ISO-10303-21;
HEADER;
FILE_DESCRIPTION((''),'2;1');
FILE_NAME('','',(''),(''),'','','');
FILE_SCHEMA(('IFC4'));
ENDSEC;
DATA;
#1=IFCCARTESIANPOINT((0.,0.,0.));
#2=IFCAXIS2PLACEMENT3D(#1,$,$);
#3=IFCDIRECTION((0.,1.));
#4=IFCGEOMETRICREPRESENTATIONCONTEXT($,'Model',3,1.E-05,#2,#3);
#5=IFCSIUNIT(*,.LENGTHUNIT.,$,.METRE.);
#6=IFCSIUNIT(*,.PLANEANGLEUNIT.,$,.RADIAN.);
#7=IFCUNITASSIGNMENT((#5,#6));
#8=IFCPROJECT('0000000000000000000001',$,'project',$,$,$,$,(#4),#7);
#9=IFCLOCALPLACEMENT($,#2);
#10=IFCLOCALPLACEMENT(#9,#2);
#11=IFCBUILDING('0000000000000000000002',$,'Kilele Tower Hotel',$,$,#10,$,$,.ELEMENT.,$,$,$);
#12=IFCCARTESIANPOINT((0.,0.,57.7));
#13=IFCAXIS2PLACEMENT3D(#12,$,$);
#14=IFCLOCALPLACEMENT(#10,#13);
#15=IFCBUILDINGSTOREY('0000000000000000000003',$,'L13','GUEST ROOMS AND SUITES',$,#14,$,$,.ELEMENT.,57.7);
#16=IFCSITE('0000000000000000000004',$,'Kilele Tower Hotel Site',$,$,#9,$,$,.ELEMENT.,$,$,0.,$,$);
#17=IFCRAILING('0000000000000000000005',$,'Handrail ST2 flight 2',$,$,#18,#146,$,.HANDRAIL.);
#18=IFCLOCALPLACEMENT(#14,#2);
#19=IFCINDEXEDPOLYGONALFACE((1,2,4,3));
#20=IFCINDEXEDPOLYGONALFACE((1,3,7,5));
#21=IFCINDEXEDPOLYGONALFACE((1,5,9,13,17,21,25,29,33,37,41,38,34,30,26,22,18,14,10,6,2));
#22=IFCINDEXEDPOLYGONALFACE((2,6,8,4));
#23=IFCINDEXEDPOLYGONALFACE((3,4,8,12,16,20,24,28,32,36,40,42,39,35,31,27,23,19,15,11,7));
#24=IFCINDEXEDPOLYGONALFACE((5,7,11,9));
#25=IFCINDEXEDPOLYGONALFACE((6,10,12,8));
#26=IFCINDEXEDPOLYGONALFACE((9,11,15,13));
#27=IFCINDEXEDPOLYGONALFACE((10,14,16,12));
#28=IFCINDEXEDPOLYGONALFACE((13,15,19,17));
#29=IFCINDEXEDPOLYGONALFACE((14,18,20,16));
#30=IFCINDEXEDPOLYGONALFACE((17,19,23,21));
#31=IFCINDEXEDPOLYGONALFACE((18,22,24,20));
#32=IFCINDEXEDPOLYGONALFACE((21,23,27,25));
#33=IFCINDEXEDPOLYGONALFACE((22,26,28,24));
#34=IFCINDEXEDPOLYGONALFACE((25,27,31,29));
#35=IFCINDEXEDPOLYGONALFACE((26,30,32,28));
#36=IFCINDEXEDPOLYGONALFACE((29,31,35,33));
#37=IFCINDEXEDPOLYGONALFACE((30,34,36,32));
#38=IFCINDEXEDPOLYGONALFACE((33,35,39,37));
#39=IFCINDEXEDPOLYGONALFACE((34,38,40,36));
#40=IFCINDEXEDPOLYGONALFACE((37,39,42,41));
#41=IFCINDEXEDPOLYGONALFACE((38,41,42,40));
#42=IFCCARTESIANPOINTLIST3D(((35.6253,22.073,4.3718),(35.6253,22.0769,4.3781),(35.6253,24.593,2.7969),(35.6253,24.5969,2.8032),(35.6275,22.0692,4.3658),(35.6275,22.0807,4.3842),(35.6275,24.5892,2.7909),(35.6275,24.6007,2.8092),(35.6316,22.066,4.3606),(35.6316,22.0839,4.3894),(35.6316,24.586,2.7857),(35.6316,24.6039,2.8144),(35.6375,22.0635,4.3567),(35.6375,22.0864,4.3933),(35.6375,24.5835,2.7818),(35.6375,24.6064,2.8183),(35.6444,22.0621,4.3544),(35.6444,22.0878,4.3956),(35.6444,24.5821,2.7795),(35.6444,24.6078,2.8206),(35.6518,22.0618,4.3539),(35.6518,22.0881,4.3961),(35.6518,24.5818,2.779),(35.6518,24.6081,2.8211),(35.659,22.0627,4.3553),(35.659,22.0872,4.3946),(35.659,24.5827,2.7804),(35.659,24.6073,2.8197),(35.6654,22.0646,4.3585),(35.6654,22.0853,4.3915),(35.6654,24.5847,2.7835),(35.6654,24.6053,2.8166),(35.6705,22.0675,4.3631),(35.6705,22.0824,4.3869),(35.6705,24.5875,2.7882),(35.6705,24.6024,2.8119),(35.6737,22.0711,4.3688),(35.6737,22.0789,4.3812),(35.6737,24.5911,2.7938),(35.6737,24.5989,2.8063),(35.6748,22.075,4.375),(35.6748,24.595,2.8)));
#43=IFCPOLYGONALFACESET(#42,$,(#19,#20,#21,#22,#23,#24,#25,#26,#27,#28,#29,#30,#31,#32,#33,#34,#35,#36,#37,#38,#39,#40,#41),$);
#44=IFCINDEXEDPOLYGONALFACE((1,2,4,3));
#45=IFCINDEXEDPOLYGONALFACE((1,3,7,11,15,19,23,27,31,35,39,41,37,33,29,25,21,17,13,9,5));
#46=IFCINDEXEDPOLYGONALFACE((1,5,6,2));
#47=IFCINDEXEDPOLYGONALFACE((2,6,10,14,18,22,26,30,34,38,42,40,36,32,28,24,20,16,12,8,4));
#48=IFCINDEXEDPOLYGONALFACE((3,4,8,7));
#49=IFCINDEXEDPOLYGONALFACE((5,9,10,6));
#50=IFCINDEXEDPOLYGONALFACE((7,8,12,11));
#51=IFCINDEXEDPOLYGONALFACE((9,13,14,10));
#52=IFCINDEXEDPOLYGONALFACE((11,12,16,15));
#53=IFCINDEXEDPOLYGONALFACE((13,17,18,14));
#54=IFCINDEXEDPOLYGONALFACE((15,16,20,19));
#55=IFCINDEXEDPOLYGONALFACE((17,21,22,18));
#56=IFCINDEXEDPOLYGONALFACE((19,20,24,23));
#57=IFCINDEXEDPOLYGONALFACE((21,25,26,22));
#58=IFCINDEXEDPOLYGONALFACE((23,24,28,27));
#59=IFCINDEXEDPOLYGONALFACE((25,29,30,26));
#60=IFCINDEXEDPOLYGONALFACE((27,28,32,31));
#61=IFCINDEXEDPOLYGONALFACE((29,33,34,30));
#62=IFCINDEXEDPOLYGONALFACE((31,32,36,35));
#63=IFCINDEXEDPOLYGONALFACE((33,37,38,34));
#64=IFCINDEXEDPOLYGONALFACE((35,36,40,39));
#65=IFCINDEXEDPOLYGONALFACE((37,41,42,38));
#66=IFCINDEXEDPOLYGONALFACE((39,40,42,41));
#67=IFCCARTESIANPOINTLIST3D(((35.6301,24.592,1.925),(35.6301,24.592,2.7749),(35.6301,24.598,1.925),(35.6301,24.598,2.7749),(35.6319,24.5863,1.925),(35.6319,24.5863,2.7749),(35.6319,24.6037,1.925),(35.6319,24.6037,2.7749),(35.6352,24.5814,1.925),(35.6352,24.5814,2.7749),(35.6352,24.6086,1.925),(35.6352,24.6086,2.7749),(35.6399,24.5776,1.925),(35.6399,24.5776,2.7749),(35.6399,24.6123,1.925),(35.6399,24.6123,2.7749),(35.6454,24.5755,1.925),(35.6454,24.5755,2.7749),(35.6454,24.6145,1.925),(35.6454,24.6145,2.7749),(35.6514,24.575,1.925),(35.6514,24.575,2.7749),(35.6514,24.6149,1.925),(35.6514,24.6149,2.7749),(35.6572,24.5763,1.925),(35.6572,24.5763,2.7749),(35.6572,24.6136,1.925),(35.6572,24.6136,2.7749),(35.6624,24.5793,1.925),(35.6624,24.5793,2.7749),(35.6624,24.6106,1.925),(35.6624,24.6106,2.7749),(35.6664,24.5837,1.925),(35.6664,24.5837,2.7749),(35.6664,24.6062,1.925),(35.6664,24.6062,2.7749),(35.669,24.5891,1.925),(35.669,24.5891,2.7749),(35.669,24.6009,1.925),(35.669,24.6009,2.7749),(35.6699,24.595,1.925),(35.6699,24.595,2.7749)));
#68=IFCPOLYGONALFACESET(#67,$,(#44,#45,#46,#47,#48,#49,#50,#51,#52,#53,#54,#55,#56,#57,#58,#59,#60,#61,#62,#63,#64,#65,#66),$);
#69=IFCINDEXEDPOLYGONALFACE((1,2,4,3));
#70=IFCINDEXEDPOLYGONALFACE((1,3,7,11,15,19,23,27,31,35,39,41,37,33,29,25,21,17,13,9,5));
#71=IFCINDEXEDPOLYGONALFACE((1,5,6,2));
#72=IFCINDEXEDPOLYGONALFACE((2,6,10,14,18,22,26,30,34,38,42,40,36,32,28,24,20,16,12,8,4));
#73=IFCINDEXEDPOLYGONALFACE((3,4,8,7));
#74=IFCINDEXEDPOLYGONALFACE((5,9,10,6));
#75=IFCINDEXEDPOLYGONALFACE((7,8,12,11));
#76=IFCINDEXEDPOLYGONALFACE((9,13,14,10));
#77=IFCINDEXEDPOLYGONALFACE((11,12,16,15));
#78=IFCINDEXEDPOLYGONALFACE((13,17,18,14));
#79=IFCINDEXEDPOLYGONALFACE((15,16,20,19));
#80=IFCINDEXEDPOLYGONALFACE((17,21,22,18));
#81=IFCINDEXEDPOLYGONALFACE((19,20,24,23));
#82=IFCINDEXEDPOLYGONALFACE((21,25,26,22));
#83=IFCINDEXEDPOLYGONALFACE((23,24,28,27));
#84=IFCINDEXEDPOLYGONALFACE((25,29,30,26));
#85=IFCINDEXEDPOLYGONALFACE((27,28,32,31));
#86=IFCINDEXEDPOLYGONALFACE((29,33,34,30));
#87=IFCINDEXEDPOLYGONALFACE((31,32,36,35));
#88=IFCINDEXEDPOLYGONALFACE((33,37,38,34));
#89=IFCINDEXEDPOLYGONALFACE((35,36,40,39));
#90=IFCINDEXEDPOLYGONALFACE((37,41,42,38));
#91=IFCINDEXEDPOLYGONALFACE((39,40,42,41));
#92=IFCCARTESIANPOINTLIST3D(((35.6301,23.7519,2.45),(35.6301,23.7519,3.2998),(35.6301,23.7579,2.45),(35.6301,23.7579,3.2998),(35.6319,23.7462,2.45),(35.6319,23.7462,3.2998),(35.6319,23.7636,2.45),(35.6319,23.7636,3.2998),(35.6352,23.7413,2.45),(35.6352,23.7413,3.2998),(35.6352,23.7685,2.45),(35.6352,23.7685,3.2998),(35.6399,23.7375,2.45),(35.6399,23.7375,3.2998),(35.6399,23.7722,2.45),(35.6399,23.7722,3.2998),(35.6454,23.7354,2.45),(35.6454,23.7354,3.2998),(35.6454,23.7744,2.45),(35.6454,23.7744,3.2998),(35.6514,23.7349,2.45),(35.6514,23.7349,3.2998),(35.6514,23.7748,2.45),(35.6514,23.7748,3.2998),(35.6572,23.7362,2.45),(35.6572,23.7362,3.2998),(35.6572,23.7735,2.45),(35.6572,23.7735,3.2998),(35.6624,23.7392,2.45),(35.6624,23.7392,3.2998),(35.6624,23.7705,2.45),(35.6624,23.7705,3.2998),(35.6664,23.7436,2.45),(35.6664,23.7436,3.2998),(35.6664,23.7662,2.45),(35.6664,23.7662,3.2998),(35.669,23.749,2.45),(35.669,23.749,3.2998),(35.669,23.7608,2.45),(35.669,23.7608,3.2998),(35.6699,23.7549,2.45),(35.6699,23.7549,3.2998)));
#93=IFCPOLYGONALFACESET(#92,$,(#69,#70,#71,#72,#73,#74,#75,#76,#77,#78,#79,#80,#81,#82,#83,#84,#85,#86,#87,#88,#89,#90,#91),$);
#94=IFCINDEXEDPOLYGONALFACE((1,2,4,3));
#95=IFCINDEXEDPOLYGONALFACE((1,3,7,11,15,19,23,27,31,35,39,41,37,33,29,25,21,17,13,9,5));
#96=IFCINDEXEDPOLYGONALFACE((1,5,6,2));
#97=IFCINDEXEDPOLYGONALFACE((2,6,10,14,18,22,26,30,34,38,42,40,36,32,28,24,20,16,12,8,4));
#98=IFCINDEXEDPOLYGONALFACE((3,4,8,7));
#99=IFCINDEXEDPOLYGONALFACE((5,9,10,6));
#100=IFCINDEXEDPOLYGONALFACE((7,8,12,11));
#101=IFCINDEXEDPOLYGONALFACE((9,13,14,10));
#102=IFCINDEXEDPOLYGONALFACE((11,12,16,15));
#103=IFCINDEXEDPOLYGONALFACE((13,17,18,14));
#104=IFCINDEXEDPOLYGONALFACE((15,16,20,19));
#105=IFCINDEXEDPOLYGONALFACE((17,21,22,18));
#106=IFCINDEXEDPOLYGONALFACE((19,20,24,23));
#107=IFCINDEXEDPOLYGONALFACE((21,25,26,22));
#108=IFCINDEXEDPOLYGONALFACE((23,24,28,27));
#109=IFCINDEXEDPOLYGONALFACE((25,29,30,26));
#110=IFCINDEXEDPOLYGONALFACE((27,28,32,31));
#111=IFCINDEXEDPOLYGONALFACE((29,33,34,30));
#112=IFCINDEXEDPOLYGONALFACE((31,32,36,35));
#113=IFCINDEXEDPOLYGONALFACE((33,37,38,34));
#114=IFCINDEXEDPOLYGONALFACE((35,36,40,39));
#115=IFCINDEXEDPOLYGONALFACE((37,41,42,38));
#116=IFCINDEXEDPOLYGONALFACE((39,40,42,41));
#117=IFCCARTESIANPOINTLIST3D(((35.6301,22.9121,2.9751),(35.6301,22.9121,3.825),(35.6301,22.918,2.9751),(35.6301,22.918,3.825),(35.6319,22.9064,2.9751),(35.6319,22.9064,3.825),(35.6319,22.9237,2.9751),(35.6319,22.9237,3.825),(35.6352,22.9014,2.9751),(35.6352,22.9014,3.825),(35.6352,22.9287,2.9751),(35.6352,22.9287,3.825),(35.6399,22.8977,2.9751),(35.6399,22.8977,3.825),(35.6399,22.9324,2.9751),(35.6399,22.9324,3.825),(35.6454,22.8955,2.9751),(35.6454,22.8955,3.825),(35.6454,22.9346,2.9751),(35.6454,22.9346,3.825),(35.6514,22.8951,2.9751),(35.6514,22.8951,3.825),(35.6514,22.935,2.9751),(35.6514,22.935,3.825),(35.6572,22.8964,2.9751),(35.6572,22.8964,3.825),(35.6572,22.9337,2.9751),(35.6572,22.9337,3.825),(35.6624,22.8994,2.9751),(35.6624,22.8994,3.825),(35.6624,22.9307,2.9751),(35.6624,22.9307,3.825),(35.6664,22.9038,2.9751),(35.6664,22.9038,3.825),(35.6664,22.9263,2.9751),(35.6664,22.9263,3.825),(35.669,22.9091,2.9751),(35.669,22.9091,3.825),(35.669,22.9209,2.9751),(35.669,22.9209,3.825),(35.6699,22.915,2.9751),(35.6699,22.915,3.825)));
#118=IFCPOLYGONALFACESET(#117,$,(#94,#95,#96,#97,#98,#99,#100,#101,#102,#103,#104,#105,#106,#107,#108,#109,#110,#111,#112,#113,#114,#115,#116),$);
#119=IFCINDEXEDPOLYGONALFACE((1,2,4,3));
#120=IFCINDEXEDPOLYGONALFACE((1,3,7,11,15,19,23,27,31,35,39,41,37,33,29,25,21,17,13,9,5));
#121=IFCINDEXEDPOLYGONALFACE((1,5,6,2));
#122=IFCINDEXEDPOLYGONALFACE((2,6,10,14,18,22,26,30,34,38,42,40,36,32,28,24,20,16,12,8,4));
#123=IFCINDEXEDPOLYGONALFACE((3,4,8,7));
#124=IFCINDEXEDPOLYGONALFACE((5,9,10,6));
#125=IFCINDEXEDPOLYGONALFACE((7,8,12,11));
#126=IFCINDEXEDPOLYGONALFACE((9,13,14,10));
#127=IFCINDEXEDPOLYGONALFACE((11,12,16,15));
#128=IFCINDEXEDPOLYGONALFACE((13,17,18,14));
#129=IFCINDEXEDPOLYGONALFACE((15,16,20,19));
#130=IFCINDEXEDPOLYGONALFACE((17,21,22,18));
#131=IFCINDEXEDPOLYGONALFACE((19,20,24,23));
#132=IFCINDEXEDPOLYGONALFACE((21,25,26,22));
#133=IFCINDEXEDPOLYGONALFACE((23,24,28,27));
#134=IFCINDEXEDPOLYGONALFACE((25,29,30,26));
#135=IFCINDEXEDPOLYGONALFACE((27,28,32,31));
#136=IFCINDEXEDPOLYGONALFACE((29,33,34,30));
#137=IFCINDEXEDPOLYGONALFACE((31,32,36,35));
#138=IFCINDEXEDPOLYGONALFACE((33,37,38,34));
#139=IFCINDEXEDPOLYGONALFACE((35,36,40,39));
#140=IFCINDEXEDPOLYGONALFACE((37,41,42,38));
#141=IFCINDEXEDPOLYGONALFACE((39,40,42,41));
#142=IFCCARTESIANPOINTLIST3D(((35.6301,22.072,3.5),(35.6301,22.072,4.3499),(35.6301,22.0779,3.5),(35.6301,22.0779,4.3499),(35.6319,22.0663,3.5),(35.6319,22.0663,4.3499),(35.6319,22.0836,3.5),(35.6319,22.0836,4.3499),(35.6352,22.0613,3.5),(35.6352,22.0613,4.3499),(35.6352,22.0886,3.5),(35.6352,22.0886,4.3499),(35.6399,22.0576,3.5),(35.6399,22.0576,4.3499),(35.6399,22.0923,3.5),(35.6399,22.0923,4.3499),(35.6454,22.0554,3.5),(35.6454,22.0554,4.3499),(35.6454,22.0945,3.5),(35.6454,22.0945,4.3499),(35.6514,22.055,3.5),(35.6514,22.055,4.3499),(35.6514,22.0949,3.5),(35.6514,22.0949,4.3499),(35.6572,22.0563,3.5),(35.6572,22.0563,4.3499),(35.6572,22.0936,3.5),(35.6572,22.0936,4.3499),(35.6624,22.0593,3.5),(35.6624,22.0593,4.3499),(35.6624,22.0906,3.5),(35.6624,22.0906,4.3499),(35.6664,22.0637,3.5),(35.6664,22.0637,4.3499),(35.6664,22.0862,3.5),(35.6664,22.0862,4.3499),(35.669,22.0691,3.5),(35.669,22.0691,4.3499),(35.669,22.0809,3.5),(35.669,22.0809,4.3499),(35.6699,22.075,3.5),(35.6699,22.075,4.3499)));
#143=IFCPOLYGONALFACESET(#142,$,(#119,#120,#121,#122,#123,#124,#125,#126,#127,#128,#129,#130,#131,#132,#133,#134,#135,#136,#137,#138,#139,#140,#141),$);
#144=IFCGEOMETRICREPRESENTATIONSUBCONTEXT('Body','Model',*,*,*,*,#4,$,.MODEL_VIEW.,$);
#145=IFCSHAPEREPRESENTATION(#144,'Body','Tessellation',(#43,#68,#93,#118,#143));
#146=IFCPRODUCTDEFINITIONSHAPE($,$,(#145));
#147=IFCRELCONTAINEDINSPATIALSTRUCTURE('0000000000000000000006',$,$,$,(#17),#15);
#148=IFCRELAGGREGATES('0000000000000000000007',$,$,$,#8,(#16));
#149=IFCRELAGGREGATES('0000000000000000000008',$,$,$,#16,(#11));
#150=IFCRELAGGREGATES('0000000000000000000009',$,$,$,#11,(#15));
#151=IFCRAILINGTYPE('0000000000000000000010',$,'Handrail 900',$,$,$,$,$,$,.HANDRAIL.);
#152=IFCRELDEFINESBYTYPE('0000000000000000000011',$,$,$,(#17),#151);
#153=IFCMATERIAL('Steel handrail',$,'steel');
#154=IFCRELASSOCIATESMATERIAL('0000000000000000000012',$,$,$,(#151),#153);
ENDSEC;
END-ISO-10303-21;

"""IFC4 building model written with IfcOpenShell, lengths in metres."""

from ifc_helpers import new_model, si_unit, direction, frame, origin, origin_2d, place, context, subcontext, project, spatial, circle, extrude, material, type_object, element, save


model = new_model("IFC4")

# Units and contexts
model_context = context("Model", 3, precision=1e-05, world=origin(), true_north=direction((0.0, 1.0)))
body_context = subcontext(model_context, "Body", "Model", "MODEL_VIEW")
ifc_project = project(units=[si_unit("LENGTHUNIT", "METRE"), si_unit("PLANEANGLEUNIT", "RADIAN")], contexts=[model_context])

# Site, building, storey
site_placement = place(None, origin())
site = spatial("IfcSite", under=ifc_project, at=site_placement, Name="Kilele Tower Hotel Site", CompositionType="ELEMENT", RefElevation=0.0)
building_placement = place(site_placement, origin())
building = spatial("IfcBuilding", under=site, at=building_placement, Name="Kilele Tower Hotel", CompositionType="ELEMENT")
storey_placement = place(building_placement, frame((0.0, 0.0, 57.7)))
storey = spatial("IfcBuildingStorey", under=building, at=storey_placement, Name="L13", Description="GUEST ROOMS AND SUITES", CompositionType="ELEMENT", Elevation=57.7)

# Railing
ifc_material_1 = material(Name="Steel handrail", Category="steel")
railing_type_1 = type_object("IfcRailingType", Name="Handrail 900", PredefinedType="HANDRAIL", material=ifc_material_1)
for number, where, name in (
    (1, (35.6499, 24.595, 1.925), "Handrail ST2 flight 2"),
):
    element("IfcRailing", number, at=place(storey_placement, frame(where)), inside=storey, type_object=railing_type_1, Name=name, PredefinedType="HANDRAIL", context=body_context, shape_type="SweptSolid", body=[
        extrude(circle(Radius=0.0249, at=origin_2d()), frame((0.0, 0.0, 0.875), z_axis=(0.0, -0.848008, 0.529984), x_axis=(1.0, 0.0, 0.0)), (0.0, 0.0, 1.0), 2.9717),
        extrude(circle(Radius=0.02, at=origin_2d()), origin(), (0.0, 0.0, 1.0), 0.8499),
        extrude(circle(Radius=0.02, at=origin_2d()), frame((0.0, -0.8401, 0.5249)), (0.0, 0.0, 1.0), 0.8499),
        extrude(circle(Radius=0.02, at=origin_2d()), frame((0.0, -1.6799, 1.05)), (0.0, 0.0, 1.0), 0.8499),
        extrude(circle(Radius=0.02, at=origin_2d()), frame((0.0, -2.52, 1.575)), (0.0, 0.0, 1.0), 0.8499),
    ])

save(model, "model.ifc")
